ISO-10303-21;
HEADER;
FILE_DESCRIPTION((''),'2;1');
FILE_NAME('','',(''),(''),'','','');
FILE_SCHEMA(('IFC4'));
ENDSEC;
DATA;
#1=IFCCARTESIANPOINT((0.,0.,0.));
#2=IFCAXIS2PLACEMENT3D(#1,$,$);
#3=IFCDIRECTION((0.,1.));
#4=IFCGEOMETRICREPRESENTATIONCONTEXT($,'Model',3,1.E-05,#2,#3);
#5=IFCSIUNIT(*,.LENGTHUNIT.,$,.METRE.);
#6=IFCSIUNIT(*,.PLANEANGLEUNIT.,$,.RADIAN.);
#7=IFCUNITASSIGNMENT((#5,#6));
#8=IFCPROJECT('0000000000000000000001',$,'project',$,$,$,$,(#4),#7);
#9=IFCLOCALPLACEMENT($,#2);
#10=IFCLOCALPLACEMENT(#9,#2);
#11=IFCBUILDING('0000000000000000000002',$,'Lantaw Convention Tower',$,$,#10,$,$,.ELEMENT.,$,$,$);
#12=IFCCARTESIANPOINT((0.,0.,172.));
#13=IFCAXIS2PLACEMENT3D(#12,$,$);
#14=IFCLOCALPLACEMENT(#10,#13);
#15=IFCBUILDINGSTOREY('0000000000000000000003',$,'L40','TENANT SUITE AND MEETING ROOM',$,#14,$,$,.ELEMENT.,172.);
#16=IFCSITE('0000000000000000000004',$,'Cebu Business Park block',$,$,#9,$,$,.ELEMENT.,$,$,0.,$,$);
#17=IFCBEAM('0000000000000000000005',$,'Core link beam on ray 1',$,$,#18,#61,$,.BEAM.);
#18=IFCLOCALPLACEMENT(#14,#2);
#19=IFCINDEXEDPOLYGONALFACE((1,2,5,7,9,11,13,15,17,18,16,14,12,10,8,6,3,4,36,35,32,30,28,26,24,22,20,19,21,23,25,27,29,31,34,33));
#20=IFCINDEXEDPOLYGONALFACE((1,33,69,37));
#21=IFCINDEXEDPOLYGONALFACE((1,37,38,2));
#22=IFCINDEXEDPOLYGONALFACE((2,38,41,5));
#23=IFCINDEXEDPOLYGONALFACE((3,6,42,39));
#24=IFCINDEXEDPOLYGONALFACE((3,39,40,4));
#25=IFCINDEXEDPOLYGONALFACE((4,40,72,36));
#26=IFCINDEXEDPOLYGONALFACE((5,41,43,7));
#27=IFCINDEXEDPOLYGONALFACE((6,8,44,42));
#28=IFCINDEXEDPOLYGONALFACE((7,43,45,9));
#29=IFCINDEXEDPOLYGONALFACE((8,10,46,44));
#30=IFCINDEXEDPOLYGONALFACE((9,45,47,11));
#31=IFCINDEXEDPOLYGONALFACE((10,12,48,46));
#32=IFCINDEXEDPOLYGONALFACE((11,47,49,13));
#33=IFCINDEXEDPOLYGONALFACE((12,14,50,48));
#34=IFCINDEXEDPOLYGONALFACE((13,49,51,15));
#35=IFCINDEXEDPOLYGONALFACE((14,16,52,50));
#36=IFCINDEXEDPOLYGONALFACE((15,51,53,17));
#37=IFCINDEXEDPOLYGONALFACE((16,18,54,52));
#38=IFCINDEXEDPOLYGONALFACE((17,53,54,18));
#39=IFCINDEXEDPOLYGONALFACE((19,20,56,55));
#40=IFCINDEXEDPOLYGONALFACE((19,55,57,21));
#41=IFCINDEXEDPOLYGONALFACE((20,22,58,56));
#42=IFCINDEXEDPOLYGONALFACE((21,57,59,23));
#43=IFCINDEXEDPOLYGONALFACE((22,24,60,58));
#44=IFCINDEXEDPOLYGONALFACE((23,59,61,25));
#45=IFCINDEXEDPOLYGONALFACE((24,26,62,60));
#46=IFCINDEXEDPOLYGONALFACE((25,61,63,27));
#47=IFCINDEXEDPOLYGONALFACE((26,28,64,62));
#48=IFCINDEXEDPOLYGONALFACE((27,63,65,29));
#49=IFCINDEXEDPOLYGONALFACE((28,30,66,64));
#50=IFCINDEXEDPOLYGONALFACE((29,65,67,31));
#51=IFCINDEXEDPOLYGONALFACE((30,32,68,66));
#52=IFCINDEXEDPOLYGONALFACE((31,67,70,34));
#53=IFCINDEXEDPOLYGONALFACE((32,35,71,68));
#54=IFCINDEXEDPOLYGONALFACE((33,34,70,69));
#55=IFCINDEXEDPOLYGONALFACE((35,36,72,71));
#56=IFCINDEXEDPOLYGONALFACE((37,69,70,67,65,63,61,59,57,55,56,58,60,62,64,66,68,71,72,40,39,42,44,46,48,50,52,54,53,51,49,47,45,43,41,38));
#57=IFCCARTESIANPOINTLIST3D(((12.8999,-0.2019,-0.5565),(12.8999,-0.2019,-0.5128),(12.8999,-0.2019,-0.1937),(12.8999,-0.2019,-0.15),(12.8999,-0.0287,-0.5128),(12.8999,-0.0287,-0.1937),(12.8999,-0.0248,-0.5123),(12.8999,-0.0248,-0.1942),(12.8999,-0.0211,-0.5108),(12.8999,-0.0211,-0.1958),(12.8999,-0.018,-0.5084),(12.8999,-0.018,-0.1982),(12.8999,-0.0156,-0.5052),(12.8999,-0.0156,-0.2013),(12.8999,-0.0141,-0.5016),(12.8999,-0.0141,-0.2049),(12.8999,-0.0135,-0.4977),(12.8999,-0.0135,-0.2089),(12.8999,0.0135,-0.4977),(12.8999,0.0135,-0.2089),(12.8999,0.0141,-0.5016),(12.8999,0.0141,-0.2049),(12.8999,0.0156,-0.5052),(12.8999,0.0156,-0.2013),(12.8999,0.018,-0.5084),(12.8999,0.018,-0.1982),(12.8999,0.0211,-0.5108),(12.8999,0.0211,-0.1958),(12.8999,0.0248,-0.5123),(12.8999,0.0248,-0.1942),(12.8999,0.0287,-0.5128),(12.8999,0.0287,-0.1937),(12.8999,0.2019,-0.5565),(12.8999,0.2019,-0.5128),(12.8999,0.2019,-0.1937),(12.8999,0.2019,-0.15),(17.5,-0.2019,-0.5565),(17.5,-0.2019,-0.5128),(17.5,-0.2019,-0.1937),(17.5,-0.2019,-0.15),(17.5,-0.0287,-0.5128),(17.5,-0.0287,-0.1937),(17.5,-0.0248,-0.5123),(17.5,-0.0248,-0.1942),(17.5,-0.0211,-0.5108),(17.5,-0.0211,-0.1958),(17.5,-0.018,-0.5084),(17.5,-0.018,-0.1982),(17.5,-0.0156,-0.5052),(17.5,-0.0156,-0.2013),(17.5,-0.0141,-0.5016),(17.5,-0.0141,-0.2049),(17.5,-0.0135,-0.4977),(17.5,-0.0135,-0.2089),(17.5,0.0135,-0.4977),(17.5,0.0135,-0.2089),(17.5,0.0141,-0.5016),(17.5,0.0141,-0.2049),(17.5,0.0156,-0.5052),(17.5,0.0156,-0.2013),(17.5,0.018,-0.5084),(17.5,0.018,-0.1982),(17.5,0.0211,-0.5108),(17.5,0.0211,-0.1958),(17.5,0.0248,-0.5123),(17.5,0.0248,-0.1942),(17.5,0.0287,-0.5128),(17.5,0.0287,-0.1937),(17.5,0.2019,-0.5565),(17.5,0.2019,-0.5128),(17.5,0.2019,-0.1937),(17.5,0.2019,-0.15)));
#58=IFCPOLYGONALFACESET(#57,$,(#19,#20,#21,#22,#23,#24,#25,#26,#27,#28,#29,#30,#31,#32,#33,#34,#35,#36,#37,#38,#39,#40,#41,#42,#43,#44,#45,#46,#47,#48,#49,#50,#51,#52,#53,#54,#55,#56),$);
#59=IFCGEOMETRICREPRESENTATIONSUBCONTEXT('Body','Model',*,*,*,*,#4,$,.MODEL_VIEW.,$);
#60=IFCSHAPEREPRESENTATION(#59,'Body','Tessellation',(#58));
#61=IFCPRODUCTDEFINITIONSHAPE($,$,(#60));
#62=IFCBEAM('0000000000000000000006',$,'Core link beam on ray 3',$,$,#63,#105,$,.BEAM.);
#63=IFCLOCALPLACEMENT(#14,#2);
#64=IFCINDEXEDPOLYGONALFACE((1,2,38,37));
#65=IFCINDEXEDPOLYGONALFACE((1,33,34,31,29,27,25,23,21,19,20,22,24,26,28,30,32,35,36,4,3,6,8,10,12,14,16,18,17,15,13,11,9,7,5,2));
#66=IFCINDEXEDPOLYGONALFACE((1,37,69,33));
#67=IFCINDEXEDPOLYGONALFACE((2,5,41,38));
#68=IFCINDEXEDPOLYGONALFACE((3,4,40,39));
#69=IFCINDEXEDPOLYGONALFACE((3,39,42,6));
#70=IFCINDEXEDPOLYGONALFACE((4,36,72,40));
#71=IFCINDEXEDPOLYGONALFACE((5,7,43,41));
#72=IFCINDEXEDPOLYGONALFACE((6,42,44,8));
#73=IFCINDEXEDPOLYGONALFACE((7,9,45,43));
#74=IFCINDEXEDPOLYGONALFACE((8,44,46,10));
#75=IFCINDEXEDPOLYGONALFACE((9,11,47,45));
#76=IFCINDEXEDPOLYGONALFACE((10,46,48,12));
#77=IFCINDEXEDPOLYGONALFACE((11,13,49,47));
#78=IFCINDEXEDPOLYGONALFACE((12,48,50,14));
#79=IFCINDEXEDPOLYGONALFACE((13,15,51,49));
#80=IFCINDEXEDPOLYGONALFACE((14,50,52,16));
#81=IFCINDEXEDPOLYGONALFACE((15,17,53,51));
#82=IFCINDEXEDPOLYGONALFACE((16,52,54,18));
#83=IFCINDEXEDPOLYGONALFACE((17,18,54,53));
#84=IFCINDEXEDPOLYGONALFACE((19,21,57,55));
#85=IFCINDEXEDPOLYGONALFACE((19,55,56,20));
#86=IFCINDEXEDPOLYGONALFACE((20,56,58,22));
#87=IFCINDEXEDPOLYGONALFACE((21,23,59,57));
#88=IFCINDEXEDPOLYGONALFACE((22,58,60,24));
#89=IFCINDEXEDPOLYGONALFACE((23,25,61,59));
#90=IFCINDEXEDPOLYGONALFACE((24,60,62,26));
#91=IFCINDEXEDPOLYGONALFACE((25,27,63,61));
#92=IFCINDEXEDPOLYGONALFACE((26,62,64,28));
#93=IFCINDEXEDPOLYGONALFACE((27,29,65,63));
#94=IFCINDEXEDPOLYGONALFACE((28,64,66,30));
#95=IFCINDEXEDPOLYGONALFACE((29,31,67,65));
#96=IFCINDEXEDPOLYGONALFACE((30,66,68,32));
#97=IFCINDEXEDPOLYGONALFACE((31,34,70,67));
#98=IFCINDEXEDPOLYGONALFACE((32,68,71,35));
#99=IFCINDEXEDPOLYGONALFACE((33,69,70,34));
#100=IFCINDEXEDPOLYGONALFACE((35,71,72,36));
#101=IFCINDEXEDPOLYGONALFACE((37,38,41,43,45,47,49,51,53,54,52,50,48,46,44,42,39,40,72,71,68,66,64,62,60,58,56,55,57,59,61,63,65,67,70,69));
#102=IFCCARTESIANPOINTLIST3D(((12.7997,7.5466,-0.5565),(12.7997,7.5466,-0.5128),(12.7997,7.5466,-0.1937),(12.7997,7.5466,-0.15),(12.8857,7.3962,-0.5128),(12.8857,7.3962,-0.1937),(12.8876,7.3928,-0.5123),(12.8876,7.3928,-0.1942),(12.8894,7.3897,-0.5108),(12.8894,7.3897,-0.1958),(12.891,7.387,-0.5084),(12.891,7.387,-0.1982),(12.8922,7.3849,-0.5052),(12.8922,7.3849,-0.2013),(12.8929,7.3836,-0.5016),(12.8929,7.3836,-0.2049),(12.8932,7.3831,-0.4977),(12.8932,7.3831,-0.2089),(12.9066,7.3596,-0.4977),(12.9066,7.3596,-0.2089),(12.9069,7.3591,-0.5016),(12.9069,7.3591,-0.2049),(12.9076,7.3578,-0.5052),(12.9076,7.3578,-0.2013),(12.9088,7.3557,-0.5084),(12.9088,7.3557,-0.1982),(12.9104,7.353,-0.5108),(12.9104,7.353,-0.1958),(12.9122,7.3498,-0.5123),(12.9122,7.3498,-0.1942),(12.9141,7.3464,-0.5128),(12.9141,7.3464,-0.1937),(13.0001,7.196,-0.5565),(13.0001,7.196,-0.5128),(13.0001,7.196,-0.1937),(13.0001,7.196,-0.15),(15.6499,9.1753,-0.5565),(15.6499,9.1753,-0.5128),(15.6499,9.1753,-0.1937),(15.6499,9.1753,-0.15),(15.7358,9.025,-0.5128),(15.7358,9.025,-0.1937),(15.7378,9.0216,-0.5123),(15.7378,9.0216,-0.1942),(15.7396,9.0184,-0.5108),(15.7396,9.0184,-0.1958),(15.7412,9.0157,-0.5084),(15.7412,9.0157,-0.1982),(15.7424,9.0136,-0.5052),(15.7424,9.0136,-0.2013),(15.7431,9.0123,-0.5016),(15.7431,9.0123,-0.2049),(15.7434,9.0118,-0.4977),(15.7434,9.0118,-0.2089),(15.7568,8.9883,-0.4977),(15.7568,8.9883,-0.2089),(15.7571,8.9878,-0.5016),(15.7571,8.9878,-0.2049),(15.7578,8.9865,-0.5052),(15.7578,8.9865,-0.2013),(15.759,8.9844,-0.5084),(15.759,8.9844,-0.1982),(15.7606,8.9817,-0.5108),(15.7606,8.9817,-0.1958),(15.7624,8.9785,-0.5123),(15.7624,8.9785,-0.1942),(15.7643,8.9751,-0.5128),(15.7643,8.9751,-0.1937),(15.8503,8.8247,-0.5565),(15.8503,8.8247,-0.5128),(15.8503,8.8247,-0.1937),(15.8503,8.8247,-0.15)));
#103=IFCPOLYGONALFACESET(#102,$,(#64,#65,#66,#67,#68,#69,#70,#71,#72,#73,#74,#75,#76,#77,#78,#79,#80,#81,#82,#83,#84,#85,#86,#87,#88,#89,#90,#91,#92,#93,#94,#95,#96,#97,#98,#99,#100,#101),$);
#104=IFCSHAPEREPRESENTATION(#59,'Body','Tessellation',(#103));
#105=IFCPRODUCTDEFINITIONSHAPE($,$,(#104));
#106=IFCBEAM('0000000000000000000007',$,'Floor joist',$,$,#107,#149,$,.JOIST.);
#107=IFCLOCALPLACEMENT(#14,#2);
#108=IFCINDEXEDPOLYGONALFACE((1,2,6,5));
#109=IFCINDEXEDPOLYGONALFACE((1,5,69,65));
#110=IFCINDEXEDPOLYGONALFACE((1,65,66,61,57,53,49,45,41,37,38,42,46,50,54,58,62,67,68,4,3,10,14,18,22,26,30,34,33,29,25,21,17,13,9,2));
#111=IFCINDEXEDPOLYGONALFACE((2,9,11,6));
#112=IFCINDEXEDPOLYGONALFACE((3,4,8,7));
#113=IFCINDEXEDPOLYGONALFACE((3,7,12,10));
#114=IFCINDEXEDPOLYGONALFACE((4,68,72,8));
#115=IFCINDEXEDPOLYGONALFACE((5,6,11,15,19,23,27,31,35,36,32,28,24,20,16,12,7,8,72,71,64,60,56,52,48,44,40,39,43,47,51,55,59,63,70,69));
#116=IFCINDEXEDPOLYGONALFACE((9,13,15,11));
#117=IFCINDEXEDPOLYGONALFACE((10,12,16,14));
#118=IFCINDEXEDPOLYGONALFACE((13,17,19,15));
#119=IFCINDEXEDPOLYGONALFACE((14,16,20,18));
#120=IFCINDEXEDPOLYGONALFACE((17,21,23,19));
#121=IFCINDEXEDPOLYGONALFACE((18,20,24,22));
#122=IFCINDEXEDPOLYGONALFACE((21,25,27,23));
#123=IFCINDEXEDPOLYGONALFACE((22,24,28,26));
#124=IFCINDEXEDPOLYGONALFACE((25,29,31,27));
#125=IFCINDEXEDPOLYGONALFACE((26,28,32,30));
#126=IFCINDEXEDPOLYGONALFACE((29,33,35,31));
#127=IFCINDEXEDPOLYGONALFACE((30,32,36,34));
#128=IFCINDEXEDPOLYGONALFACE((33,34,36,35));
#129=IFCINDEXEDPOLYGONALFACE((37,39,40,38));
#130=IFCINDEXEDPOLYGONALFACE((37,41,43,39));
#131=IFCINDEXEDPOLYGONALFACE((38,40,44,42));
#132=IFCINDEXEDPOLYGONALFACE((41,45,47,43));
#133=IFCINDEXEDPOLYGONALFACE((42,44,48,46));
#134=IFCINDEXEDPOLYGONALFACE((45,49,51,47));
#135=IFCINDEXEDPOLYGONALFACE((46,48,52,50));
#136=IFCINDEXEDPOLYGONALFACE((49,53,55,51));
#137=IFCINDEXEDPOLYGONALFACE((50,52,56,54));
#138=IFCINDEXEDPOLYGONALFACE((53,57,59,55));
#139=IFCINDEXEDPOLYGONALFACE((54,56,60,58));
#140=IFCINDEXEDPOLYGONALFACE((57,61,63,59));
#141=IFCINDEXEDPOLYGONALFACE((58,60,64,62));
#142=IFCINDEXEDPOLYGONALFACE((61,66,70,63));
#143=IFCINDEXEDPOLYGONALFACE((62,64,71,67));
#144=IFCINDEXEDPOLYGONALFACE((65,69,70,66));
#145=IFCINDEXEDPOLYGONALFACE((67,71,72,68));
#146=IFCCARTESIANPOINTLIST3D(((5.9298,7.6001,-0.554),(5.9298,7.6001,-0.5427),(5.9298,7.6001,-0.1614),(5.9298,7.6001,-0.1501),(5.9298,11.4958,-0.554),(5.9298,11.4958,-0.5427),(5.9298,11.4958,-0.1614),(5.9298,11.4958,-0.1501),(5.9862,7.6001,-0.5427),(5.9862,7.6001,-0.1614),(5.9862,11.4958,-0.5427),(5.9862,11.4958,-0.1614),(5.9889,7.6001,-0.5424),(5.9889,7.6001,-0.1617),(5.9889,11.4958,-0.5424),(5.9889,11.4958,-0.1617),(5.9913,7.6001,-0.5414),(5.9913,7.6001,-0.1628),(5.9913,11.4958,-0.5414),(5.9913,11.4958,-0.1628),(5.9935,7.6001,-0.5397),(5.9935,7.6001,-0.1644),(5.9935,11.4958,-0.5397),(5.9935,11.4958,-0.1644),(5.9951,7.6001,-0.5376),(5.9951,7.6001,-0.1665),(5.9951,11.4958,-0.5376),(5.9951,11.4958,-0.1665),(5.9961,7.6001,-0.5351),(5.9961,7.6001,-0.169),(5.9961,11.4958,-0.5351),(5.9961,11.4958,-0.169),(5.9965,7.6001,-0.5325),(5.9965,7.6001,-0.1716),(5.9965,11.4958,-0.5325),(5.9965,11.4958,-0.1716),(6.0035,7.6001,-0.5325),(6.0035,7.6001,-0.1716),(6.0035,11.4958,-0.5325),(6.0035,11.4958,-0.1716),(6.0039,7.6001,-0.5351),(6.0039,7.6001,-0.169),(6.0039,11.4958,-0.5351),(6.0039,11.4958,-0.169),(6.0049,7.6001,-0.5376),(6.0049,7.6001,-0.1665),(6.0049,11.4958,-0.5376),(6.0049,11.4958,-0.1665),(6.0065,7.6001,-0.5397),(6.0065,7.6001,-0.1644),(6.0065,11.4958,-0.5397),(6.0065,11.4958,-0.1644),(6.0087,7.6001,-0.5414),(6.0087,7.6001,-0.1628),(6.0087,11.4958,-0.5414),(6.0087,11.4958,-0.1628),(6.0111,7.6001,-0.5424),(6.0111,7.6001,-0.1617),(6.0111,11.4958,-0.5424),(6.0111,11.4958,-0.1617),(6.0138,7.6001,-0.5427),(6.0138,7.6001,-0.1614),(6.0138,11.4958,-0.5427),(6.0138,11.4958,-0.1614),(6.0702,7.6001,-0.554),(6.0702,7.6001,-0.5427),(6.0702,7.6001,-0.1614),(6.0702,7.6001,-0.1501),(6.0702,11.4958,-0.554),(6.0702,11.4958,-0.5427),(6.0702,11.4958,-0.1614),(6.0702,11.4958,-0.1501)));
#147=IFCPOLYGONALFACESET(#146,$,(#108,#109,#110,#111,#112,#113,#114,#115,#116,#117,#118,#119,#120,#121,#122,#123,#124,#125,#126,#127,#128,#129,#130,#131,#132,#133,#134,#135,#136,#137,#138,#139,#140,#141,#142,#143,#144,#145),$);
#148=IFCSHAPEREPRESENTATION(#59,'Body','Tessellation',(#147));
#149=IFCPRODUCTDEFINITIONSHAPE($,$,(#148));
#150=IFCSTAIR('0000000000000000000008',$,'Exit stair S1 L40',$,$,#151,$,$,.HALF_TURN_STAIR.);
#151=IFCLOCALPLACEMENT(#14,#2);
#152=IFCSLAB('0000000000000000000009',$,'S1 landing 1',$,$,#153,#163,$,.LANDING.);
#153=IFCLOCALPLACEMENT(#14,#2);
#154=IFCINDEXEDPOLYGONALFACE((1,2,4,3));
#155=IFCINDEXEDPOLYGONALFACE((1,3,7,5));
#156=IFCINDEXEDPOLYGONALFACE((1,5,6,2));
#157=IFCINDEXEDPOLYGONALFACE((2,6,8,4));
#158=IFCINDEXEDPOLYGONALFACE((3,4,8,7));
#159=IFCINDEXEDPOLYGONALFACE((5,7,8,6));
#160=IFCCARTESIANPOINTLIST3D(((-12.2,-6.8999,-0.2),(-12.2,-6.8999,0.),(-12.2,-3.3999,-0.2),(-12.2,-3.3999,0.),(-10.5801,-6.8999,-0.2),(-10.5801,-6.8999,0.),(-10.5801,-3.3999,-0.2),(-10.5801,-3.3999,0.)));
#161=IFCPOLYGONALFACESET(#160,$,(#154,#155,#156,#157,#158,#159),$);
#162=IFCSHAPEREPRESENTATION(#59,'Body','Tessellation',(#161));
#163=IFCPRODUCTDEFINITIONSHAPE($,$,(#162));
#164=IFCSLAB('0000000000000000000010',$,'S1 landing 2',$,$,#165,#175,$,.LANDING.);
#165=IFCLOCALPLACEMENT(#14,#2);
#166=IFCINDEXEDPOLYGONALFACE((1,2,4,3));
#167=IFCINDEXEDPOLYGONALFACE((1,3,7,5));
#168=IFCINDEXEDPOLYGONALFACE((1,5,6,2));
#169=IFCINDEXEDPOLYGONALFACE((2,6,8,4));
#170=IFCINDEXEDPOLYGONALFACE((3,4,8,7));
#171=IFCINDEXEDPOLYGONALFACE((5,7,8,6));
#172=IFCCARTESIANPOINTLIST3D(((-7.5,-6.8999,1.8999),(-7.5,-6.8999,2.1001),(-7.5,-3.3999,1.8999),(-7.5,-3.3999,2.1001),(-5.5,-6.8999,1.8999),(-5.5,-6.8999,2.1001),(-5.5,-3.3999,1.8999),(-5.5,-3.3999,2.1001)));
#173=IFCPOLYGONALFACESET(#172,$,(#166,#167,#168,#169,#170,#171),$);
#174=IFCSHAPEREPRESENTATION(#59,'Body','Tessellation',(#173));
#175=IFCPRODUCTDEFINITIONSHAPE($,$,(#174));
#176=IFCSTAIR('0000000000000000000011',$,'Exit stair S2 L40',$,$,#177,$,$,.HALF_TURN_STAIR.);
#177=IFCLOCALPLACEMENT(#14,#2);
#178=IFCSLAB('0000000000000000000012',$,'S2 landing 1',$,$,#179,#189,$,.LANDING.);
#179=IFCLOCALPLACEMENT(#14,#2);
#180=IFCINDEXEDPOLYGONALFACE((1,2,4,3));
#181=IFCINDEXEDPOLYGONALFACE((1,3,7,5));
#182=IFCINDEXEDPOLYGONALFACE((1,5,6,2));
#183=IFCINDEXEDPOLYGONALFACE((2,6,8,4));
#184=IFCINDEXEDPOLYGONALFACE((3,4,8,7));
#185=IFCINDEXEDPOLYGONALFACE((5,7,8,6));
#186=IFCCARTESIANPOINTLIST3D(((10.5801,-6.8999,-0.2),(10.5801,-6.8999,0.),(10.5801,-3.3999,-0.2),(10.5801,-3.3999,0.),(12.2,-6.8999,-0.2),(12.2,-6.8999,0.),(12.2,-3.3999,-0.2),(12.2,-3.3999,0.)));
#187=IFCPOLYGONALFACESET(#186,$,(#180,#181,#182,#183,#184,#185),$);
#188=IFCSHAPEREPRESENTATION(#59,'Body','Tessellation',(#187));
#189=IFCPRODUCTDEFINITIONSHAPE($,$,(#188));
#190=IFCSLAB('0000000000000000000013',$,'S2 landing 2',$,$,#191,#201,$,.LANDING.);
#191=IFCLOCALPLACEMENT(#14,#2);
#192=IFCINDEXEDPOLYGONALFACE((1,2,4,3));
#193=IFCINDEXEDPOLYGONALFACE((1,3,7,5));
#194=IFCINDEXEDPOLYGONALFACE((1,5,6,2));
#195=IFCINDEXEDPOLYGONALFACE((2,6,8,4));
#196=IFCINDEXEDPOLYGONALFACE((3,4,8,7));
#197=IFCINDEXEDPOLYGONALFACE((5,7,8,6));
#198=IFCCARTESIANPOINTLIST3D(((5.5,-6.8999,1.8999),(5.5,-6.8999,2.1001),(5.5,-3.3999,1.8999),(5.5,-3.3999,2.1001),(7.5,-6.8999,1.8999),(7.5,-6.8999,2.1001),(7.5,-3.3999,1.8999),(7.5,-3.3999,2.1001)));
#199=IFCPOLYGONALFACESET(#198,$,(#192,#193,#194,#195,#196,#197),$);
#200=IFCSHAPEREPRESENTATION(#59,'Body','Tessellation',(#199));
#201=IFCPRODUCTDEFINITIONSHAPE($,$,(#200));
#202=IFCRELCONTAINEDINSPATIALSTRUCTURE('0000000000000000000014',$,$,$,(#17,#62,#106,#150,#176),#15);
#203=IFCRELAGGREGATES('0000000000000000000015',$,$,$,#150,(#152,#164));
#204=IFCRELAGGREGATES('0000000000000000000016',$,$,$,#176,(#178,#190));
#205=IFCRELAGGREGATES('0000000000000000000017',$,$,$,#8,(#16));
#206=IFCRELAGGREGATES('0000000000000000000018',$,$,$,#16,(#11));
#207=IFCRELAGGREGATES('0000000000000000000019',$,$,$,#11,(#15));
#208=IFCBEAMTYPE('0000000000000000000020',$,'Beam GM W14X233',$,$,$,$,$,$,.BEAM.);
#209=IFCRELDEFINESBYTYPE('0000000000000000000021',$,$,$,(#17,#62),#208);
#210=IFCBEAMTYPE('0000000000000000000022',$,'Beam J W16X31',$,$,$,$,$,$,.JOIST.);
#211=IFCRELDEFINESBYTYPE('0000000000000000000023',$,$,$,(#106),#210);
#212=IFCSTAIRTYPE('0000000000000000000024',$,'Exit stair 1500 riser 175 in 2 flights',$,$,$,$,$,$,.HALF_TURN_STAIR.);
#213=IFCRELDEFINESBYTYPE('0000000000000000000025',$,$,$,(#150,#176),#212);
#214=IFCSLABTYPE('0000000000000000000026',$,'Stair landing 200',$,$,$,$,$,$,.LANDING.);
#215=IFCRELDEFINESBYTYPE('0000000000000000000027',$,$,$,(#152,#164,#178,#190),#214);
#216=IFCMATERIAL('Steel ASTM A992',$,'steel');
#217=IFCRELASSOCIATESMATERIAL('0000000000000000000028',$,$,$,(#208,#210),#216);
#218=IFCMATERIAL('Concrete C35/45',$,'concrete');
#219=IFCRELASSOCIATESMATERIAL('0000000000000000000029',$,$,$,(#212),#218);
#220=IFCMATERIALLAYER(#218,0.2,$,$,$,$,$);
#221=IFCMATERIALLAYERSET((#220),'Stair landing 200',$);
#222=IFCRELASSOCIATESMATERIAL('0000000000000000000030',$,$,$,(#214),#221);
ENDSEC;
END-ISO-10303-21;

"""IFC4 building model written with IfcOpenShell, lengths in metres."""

from ifc_helpers import new_model, si_unit, direction, frame, origin, origin_2d, place, context, subcontext, project, spatial, polyline, i_section, outline, extrude, material, layer, layer_set, material_profile, profile_set, type_object, element, aggregate, save


model = new_model("IFC4")

# Units and contexts
model_context = context("Model", 3, precision=1e-05, world=origin(), true_north=direction((0.0, 1.0)))
body_context = subcontext(model_context, "Body", "Model", "MODEL_VIEW")
ifc_project = project(units=[si_unit("LENGTHUNIT", "METRE"), si_unit("PLANEANGLEUNIT", "RADIAN")], contexts=[model_context])

# Site, building, storey
site_placement = place(None, origin())
site = spatial("IfcSite", under=ifc_project, at=site_placement, Name="Cebu Business Park block", CompositionType="ELEMENT", RefElevation=0.0)
building_placement = place(site_placement, origin())
building = spatial("IfcBuilding", under=site, at=building_placement, Name="Lantaw Convention Tower", CompositionType="ELEMENT")
storey_placement = place(building_placement, frame((0.0, 0.0, 172.0)))
storey = spatial("IfcBuildingStorey", under=building, at=storey_placement, Name="L40", Description="TENANT SUITE AND MEETING ROOM", CompositionType="ELEMENT", Elevation=172.0)

# Beams
ifc_material_1 = material(Name="Steel ASTM A992", Category="steel")
ifc_material_profile_1 = material_profile(ifc_material_1, i_section(OverallWidth=0.4038, OverallDepth=0.4065, WebThickness=0.0271, FlangeThickness=0.0437, FilletRadius=0.0151, at=origin_2d()), Name="W14X233")
ifc_profile_set_1 = profile_set([ifc_material_profile_1], Name="Steel ASTM A992")
beam_type_1 = type_object("IfcBeamType", Name="Beam GM W14X233", PredefinedType="BEAM", material=ifc_profile_set_1)
beam_1_placement = place(storey_placement, frame((12.8999, 0.0, -0.3533), z_axis=(1.0, 0.0, 0.0), x_axis=(0.0, 1.0, 0.0)))
element("IfcBeam", 1, at=beam_1_placement, inside=storey, type_object=beam_type_1, Name="Core link beam on ray 1", PredefinedType="BEAM", context=body_context, shape_type="SweptSolid", body=[
    extrude(i_section(OverallWidth=0.4038, OverallDepth=0.4065, WebThickness=0.0271, FlangeThickness=0.0437, FilletRadius=0.0151, at=origin_2d()), origin(), (0.0, 0.0, 1.0), 4.6001),
])
beam_2_placement = place(storey_placement, frame((12.8999, 7.3713, -0.3533), z_axis=(0.868239, 0.496147, 0.0), x_axis=(-0.496147, 0.868239, 0.0)))
element("IfcBeam", 2, at=beam_2_placement, inside=storey, type_object=beam_type_1, Name="Core link beam on ray 3", PredefinedType="BEAM", context=body_context, shape_type="SweptSolid", body=[
    extrude(i_section(OverallWidth=0.4038, OverallDepth=0.4065, WebThickness=0.0271, FlangeThickness=0.0437, FilletRadius=0.0151, at=origin_2d()), origin(), (0.0, 0.0, 1.0), 3.2827),
])
ifc_material_profile_2 = material_profile(ifc_material_1, i_section(OverallWidth=0.1404, OverallDepth=0.4038, WebThickness=0.0071, FlangeThickness=0.0112, FilletRadius=0.0103, at=origin_2d()), Name="W16X31")
ifc_profile_set_2 = profile_set([ifc_material_profile_2], Name="Steel ASTM A992")
beam_type_2 = type_object("IfcBeamType", Name="Beam J W16X31", PredefinedType="JOIST", material=ifc_profile_set_2)
beam_3_placement = place(storey_placement, frame((6.0, 7.6001, -0.3521), z_axis=(0.0, 1.0, 0.0), x_axis=(-1.0, 0.0, 0.0)))
element("IfcBeam", 3, at=beam_3_placement, inside=storey, type_object=beam_type_2, Name="Floor joist", PredefinedType="JOIST", context=body_context, shape_type="SweptSolid", body=[
    extrude(i_section(OverallWidth=0.1404, OverallDepth=0.4038, WebThickness=0.0071, FlangeThickness=0.0112, FilletRadius=0.0103, at=origin_2d()), origin(), (0.0, 0.0, 1.0), 3.8958),
])

# Stairs, slabs
ifc_material_2 = material(Name="Concrete C35/45", Category="concrete")
stair_type = type_object("IfcStairType", Name="Exit stair 1500 riser 175 in 2 flights", PredefinedType="HALF_TURN_STAIR", material=ifc_material_2)
stair_1_placement = place(storey_placement, origin())
stair_1 = element("IfcStair", 4, at=stair_1_placement, inside=storey, type_object=stair_type, Name="Exit stair S1 L40", PredefinedType="HALF_TURN_STAIR")
ifc_layer_1 = layer(ifc_material_2, 0.2)
ifc_layer_set_1 = layer_set([ifc_layer_1], Name="Stair landing 200")
slab_type = type_object("IfcSlabType", Name="Stair landing 200", PredefinedType="LANDING", material=ifc_layer_set_1)
slab_1_placement = place(storey_placement, frame((0.0, 0.0, -0.2)))
slab_1 = element("IfcSlab", 5, at=slab_1_placement, type_object=slab_type, Name="S1 landing 1", PredefinedType="LANDING", context=body_context, shape_type="SweptSolid", body=[
    extrude(outline(polyline([(-12.2, -6.8999), (-10.5801, -6.8999), (-10.5801, -3.3999), (-12.2, -3.3999), (-12.2, -6.8999)])), origin(), (0.0, 0.0, 1.0), 0.2),
])
slab_2_placement = place(storey_placement, frame((0.0, 0.0, 1.8999)))
slab_2 = element("IfcSlab", 6, at=slab_2_placement, type_object=slab_type, Name="S1 landing 2", PredefinedType="LANDING", context=body_context, shape_type="SweptSolid", body=[
    extrude(outline(polyline([(-7.5, -6.8999), (-5.5, -6.8999), (-5.5, -3.3999), (-7.5, -3.3999), (-7.5, -6.8999)])), origin(), (0.0, 0.0, 1.0), 0.2002),
])
aggregate(stair_1, [slab_1, slab_2])
stair_2_placement = place(storey_placement, origin())
stair_2 = element("IfcStair", 7, at=stair_2_placement, inside=storey, type_object=stair_type, Name="Exit stair S2 L40", PredefinedType="HALF_TURN_STAIR")
slab_3_placement = place(storey_placement, frame((0.0, 0.0, -0.2)))
slab_3 = element("IfcSlab", 8, at=slab_3_placement, type_object=slab_type, Name="S2 landing 1", PredefinedType="LANDING", context=body_context, shape_type="SweptSolid", body=[
    extrude(outline(polyline([(10.5801, -6.8999), (12.2, -6.8999), (12.2, -3.3999), (10.5801, -3.3999), (10.5801, -6.8999)])), origin(), (0.0, 0.0, 1.0), 0.2),
])
slab_4_placement = place(storey_placement, frame((0.0, 0.0, 1.8999)))
slab_4 = element("IfcSlab", 9, at=slab_4_placement, type_object=slab_type, Name="S2 landing 2", PredefinedType="LANDING", context=body_context, shape_type="SweptSolid", body=[
    extrude(outline(polyline([(5.5, -6.8999), (7.5, -6.8999), (7.5, -3.3999), (5.5, -3.3999), (5.5, -6.8999)])), origin(), (0.0, 0.0, 1.0), 0.2002),
])
aggregate(stair_2, [slab_3, slab_4])

save(model, "model.ifc")
